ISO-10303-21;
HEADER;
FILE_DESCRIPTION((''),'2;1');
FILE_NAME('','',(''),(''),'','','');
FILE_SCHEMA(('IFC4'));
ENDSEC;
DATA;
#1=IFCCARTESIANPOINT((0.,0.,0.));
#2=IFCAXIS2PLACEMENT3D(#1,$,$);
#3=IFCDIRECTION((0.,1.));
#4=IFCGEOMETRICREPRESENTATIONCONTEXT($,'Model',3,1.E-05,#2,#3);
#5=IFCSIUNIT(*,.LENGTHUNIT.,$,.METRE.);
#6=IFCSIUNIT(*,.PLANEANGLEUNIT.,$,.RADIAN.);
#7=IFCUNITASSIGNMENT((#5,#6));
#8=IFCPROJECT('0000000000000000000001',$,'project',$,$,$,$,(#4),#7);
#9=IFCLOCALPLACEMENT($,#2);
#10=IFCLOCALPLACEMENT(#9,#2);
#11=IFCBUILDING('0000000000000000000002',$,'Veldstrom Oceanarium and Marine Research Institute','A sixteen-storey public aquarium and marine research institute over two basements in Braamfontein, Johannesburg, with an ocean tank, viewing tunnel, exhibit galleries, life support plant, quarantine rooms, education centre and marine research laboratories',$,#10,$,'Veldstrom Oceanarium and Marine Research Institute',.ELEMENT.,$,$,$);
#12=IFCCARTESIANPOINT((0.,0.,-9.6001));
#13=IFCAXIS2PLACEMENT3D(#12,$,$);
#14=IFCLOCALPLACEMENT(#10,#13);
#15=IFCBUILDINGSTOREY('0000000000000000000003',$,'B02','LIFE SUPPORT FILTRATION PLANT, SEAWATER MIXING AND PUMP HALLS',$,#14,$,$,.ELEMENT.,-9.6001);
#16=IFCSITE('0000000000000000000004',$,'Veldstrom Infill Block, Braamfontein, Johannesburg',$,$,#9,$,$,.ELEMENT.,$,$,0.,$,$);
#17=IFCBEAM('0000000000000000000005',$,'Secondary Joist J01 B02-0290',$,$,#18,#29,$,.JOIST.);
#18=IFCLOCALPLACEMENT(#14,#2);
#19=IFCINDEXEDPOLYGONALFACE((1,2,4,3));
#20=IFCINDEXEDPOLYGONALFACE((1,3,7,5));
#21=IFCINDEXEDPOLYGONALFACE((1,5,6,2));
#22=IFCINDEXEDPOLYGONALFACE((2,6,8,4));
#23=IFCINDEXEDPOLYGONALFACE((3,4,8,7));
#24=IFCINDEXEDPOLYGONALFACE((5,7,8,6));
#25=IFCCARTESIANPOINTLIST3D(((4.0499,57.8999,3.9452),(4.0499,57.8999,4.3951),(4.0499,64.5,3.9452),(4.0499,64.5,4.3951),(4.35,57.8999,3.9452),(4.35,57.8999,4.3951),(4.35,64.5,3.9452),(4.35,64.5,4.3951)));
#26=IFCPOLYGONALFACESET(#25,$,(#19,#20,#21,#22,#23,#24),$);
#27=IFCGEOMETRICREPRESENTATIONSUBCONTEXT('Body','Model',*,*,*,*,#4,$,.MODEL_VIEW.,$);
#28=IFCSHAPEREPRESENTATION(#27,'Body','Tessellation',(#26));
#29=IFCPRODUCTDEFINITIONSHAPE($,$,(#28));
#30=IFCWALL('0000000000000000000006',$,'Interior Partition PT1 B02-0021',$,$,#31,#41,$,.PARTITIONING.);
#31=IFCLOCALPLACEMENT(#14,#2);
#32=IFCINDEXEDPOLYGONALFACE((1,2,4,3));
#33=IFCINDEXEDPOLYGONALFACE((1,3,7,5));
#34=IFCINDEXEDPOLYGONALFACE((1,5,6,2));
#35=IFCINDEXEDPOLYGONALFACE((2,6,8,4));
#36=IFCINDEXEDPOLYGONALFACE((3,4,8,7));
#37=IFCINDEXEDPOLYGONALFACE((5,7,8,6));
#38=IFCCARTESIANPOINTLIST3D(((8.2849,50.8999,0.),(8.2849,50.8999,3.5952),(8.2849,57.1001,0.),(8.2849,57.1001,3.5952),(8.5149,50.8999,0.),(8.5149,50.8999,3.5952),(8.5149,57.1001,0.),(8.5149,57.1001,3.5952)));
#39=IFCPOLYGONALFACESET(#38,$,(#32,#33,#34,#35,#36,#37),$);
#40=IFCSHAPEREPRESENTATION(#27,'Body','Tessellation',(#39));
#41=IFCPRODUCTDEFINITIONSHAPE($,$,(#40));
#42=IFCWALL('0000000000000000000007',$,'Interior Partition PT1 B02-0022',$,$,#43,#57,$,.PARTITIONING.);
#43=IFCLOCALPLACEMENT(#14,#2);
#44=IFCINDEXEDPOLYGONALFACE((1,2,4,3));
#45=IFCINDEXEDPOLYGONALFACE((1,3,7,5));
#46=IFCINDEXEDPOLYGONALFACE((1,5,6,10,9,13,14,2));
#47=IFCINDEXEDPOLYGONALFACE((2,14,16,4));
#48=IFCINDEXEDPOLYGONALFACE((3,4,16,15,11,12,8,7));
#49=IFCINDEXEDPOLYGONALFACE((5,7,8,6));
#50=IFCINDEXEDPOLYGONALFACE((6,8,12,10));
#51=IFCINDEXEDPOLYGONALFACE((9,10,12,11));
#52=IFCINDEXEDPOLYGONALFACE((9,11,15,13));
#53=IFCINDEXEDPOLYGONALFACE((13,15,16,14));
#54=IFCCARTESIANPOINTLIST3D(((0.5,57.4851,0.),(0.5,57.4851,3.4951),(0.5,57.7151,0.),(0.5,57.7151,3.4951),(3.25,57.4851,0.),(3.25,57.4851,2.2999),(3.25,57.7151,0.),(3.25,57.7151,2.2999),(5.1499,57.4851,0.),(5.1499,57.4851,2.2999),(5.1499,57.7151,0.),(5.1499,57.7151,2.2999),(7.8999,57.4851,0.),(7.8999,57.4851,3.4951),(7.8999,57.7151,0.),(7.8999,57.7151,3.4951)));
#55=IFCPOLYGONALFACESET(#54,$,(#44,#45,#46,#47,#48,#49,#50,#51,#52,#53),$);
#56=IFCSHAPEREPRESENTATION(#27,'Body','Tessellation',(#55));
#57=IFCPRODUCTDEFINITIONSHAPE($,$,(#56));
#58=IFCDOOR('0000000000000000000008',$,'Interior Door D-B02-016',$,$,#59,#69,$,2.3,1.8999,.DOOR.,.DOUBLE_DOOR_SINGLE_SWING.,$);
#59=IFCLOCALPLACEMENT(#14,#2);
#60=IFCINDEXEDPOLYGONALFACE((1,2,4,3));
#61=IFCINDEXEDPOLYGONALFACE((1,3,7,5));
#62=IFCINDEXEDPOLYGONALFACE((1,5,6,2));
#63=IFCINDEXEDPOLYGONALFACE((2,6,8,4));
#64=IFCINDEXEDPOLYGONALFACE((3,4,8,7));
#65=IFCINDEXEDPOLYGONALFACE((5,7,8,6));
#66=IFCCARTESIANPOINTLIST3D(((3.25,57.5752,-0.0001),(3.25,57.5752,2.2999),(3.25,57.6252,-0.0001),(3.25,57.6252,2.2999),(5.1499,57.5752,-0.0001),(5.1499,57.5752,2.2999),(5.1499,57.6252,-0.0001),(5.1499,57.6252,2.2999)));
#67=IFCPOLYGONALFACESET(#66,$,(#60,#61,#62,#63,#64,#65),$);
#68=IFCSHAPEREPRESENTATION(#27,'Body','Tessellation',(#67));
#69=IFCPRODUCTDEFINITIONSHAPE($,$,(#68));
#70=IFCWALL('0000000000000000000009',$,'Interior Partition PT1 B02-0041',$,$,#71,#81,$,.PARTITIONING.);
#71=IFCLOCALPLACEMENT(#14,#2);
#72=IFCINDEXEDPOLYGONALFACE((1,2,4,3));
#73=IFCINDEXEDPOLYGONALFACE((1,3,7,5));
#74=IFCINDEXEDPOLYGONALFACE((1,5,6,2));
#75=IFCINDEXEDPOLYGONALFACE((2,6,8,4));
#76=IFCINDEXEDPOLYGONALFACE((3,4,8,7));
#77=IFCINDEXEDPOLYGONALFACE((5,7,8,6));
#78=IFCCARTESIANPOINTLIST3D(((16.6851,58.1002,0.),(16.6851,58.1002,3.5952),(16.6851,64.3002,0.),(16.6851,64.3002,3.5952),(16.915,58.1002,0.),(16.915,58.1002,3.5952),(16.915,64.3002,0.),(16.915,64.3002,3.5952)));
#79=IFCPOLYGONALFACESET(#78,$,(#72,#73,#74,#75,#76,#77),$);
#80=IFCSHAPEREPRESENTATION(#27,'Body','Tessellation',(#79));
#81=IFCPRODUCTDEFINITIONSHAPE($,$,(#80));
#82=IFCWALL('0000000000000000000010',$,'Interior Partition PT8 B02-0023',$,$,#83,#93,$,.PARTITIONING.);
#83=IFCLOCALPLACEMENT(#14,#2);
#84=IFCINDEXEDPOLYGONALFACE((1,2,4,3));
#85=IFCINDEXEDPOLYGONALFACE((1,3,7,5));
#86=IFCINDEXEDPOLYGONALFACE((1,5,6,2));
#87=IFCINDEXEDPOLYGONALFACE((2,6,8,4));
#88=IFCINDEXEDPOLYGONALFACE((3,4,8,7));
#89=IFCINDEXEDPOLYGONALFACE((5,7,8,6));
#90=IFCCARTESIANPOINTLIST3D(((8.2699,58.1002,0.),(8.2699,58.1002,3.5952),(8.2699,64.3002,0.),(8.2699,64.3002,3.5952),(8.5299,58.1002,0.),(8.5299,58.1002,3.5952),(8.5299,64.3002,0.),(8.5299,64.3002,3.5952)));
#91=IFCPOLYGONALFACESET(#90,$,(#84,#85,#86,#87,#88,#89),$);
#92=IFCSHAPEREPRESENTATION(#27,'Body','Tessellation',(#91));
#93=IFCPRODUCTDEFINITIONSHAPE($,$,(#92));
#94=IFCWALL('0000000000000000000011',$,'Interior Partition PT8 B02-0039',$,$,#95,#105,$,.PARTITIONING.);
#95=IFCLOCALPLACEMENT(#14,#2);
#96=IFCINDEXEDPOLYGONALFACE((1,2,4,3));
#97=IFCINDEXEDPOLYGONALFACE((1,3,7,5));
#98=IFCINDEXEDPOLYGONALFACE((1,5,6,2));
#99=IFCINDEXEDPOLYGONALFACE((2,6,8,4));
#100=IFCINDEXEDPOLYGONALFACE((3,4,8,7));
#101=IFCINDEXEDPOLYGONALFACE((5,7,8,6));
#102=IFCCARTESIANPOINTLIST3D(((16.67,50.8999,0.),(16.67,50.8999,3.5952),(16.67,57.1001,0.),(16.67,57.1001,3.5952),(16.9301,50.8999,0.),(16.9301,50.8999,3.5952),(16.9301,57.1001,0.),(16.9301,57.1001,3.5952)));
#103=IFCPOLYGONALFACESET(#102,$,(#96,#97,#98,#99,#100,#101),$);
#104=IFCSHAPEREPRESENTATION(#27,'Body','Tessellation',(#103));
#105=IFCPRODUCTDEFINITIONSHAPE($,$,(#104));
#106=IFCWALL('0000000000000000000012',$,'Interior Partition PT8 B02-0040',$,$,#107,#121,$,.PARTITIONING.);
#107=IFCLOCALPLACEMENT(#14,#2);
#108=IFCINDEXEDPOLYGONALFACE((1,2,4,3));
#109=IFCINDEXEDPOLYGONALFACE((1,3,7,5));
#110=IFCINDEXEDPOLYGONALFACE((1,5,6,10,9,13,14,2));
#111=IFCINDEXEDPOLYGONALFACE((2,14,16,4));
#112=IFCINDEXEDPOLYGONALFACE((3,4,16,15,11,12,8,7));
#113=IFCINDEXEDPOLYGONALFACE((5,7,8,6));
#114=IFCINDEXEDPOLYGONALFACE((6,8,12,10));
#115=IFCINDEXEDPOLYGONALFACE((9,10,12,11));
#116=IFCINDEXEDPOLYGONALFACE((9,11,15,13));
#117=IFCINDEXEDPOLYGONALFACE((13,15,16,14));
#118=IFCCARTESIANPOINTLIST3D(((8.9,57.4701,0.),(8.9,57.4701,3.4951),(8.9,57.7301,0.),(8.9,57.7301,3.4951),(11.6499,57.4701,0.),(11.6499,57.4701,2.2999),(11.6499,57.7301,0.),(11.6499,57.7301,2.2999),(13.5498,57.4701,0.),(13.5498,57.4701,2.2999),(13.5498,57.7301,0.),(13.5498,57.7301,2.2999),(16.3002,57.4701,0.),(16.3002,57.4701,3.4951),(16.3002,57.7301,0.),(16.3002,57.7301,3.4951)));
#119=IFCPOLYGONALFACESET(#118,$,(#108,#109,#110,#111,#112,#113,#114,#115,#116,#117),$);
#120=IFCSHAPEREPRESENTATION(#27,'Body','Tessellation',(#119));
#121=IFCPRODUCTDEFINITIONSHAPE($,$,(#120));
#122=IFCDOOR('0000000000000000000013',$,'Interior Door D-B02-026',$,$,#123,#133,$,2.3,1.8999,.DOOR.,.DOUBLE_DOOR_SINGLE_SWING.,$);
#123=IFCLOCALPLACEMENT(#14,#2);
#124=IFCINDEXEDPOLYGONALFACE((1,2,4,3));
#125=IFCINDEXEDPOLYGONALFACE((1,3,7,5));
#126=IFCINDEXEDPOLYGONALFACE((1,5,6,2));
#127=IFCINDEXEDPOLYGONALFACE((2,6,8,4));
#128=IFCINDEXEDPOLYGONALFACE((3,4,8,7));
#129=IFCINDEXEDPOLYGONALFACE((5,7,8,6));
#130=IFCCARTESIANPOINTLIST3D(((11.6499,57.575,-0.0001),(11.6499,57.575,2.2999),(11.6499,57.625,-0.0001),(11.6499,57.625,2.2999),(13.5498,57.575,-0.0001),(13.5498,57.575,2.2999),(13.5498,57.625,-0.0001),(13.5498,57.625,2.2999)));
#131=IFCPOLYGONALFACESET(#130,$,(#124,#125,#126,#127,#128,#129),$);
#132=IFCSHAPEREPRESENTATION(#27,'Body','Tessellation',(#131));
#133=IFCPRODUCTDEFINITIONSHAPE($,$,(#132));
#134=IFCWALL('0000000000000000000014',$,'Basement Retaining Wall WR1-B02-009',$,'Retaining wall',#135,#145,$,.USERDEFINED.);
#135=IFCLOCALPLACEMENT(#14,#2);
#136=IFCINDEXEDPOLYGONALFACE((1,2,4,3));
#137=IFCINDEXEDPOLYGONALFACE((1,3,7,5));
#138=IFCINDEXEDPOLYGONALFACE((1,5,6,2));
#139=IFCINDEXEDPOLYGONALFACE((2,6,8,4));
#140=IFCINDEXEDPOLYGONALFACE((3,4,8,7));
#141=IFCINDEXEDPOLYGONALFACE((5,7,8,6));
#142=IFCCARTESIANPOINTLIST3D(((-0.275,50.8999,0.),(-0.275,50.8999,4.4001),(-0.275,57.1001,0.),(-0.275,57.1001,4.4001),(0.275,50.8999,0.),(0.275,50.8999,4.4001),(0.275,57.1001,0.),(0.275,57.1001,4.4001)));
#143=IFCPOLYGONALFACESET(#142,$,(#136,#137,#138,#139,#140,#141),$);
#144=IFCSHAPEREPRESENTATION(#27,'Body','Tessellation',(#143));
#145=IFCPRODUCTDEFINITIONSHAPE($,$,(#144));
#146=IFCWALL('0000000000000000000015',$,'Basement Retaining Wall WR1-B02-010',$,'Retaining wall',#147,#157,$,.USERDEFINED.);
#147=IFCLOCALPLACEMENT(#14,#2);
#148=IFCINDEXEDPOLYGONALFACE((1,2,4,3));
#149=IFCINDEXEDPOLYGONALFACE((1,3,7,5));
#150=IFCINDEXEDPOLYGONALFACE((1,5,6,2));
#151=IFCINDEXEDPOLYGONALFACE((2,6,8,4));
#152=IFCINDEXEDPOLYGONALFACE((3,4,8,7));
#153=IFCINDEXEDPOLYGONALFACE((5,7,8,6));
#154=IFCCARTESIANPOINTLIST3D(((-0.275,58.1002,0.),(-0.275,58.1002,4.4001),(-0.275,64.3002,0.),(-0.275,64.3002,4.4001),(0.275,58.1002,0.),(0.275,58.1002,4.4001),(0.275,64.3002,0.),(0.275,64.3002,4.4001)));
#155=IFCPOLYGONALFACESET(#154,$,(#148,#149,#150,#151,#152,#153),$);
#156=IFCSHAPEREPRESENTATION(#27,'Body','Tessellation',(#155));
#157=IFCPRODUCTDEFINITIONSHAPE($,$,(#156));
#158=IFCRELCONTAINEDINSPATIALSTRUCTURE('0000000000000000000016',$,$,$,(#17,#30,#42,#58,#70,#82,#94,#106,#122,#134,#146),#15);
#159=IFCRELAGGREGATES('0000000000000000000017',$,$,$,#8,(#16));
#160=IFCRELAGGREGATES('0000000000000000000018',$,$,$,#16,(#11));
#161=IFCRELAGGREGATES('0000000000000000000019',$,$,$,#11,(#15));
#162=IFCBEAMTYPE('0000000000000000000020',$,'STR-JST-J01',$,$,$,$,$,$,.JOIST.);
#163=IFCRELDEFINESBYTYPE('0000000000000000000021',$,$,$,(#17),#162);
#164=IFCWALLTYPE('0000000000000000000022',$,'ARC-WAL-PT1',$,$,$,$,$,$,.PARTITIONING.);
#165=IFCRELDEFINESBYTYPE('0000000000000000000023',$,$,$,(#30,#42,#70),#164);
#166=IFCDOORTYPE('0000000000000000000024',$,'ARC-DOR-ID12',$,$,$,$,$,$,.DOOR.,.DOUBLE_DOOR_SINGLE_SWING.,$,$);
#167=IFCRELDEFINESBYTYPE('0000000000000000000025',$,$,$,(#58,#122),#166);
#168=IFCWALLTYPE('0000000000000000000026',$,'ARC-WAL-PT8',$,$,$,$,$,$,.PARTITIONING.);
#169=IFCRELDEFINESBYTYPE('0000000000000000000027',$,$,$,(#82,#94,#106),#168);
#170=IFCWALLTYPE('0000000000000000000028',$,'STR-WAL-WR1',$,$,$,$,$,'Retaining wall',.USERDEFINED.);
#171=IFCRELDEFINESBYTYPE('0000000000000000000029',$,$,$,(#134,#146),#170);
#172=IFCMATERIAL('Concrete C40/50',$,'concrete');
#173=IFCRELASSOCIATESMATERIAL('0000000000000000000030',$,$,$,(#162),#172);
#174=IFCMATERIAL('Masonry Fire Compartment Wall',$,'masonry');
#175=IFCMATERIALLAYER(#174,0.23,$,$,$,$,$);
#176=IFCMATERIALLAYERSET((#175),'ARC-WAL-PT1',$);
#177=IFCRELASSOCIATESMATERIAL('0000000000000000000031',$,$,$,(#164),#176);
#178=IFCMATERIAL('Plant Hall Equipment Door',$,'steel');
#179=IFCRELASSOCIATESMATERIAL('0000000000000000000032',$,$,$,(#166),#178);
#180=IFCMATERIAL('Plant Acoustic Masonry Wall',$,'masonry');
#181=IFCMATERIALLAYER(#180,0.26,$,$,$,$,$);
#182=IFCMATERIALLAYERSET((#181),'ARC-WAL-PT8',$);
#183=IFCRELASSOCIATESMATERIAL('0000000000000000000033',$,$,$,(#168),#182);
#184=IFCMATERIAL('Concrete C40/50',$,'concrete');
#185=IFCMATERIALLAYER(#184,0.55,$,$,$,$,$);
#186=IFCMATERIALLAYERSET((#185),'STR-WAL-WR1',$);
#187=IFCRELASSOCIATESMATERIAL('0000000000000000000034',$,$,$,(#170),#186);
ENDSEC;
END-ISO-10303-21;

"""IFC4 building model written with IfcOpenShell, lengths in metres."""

from ifc_helpers import new_model, si_unit, direction, frame, frame_2d, origin, origin_2d, place, context, subcontext, project, spatial, rectangle, extrude, material, layer, layer_set, material_profile, profile_set, type_object, element, fill, save


model = new_model("IFC4")

# Units and contexts
model_context = context("Model", 3, precision=1e-05, world=origin(), true_north=direction((0.0, 1.0)))
body_context = subcontext(model_context, "Body", "Model", "MODEL_VIEW")
ifc_project = project(units=[si_unit("LENGTHUNIT", "METRE"), si_unit("PLANEANGLEUNIT", "RADIAN")], contexts=[model_context])

# Site, building, storey
site_placement = place(None, origin())
site = spatial("IfcSite", under=ifc_project, at=site_placement, Name="Veldstrom Infill Block, Braamfontein, Johannesburg", CompositionType="ELEMENT", RefElevation=0.0)
building_placement = place(site_placement, origin())
building = spatial("IfcBuilding", under=site, at=building_placement, Name="Veldstrom Oceanarium and Marine Research Institute", Description="A sixteen-storey public aquarium and marine research institute over two basements in Braamfontein, Johannesburg, with an ocean tank, viewing tunnel, exhibit galleries, life support plant, quarantine rooms, education centre and marine research laboratories", LongName="Veldstrom Oceanarium and Marine Research Institute", CompositionType="ELEMENT")
storey_placement = place(building_placement, frame((0.0, 0.0, -9.6001)))
storey = spatial("IfcBuildingStorey", under=building, at=storey_placement, Name="B02", Description="LIFE SUPPORT FILTRATION PLANT, SEAWATER MIXING AND PUMP HALLS", CompositionType="ELEMENT", Elevation=-9.6001)

# Beam
ifc_material_1 = material(Name="Concrete C40/50", Category="concrete")
ifc_material_profile_1 = material_profile(ifc_material_1, rectangle(XDim=0.3, YDim=0.45, at=origin_2d()), Name="RC-JST-300x450")
ifc_profile_set_1 = profile_set([ifc_material_profile_1], Name="Concrete C40/50")
beam_type_1 = type_object("IfcBeamType", Name="STR-JST-J01", PredefinedType="JOIST", material=ifc_profile_set_1)
beam_1_placement = place(storey_placement, frame((4.2, 57.8999, 4.1702), z_axis=(0.0, 1.0, 0.0), x_axis=(-1.0, 0.0, 0.0)))
element("IfcBeam", 1, at=beam_1_placement, inside=storey, type_object=beam_type_1, Name="Secondary Joist J01 B02-0290", PredefinedType="JOIST", context=body_context, shape_type="SweptSolid", body=[
    extrude(rectangle(XDim=0.3, YDim=0.45, at=origin_2d()), origin(), (0.0, 0.0, 1.0), 6.6001),
])

# Wall
ifc_material_2 = material(Name="Masonry Fire Compartment Wall", Category="masonry")
ifc_layer_1 = layer(ifc_material_2, 0.23)
ifc_layer_set_1 = layer_set([ifc_layer_1], Name="ARC-WAL-PT1")
wall_type_1 = type_object("IfcWallType", Name="ARC-WAL-PT1", PredefinedType="PARTITIONING", material=ifc_layer_set_1)
wall_1_placement = place(storey_placement, frame((8.3999, 50.8999, 0.0), z_axis=(0.0, 0.0, 1.0), x_axis=(0.0, 1.0, 0.0)))
element("IfcWall", 2, at=wall_1_placement, inside=storey, type_object=wall_type_1, Name="Interior Partition PT1 B02-0021", PredefinedType="PARTITIONING", context=body_context, shape_type="SweptSolid", body=[
    extrude(rectangle(XDim=6.2002, YDim=0.23, at=frame_2d((3.1001, 0.0))), origin(), (0.0, 0.0, 1.0), 3.5952),
])

# Wall, opening, door
wall_2_placement = place(storey_placement, frame((0.5, 57.6001, 0.0), z_axis=(0.0, 0.0, 1.0), x_axis=(1.0, 0.0, 0.0)))
wall_2 = element("IfcWall", 3, at=wall_2_placement, inside=storey, type_object=wall_type_1, Name="Interior Partition PT1 B02-0022", PredefinedType="PARTITIONING", context=body_context, shape_type="SweptSolid", body=[
    extrude(rectangle(XDim=7.3999, YDim=0.23, at=frame_2d((3.7, 0.0))), origin(), (0.0, 0.0, 1.0), 3.4951),
])
opening_1_placement = place(wall_2_placement, frame((2.75, 0.0, 0.0)))
opening_1 = element("IfcOpeningElement", 4, at=opening_1_placement, cuts=wall_2, PredefinedType="OPENING", context=body_context, shape_type="SweptSolid", body=[
    extrude(rectangle(XDim=1.8999, YDim=2.3, at=frame_2d((0.95, 1.1499))), frame((0.0, 0.125, 0.0), z_axis=(0.0, -1.0, 0.0), x_axis=(1.0, 0.0, 0.0)), (0.0, 0.0, 1.0), 0.25),
])
ifc_material_3 = material(Name="Plant Hall Equipment Door", Category="steel")
door_type = type_object("IfcDoorType", Name="ARC-DOR-ID12", OperationType="DOUBLE_DOOR_SINGLE_SWING", PredefinedType="DOOR", material=ifc_material_3)
door_1_placement = place(opening_1_placement, frame((1.8999, 0.0, 0.0), z_axis=(0.0, 0.0, 1.0), x_axis=(-1.0, 0.0, 0.0)))
door_1 = element("IfcDoor", 5, at=door_1_placement, inside=storey, type_object=door_type, Name="Interior Door D-B02-016", OperationType="DOUBLE_DOOR_SINGLE_SWING", OverallHeight=2.3, OverallWidth=1.8999, PredefinedType="DOOR", context=body_context, shape_type="SweptSolid", body=[
    extrude(rectangle(XDim=1.8999, YDim=2.3, at=frame_2d((0.95, 1.1499))), frame((0.0, 0.0249, 0.0), z_axis=(0.0, -1.0, 0.0), x_axis=(1.0, 0.0, 0.0)), (0.0, 0.0, 1.0), 0.05),
])
fill(opening_1, door_1)

# Walls
wall_3_placement = place(storey_placement, frame((16.8, 58.1001, 0.0), z_axis=(0.0, 0.0, 1.0), x_axis=(0.0, 1.0, 0.0)))
element("IfcWall", 6, at=wall_3_placement, inside=storey, type_object=wall_type_1, Name="Interior Partition PT1 B02-0041", PredefinedType="PARTITIONING", context=body_context, shape_type="SweptSolid", body=[
    extrude(rectangle(XDim=6.2, YDim=0.23, at=frame_2d((3.1001, 0.0))), origin(), (0.0, 0.0, 1.0), 3.5952),
])
ifc_material_4 = material(Name="Plant Acoustic Masonry Wall", Category="masonry")
ifc_layer_2 = layer(ifc_material_4, 0.26)
ifc_layer_set_2 = layer_set([ifc_layer_2], Name="ARC-WAL-PT8")
wall_type_2 = type_object("IfcWallType", Name="ARC-WAL-PT8", PredefinedType="PARTITIONING", material=ifc_layer_set_2)
wall_4_placement = place(storey_placement, frame((8.3999, 58.1001, 0.0), z_axis=(0.0, 0.0, 1.0), x_axis=(0.0, 1.0, 0.0)))
element("IfcWall", 7, at=wall_4_placement, inside=storey, type_object=wall_type_2, Name="Interior Partition PT8 B02-0023", PredefinedType="PARTITIONING", context=body_context, shape_type="SweptSolid", body=[
    extrude(rectangle(XDim=6.2, YDim=0.26, at=frame_2d((3.1001, 0.0))), origin(), (0.0, 0.0, 1.0), 3.5952),
])
wall_5_placement = place(storey_placement, frame((16.8, 50.8999, 0.0), z_axis=(0.0, 0.0, 1.0), x_axis=(0.0, 1.0, 0.0)))
element("IfcWall", 8, at=wall_5_placement, inside=storey, type_object=wall_type_2, Name="Interior Partition PT8 B02-0039", PredefinedType="PARTITIONING", context=body_context, shape_type="SweptSolid", body=[
    extrude(rectangle(XDim=6.2002, YDim=0.26, at=frame_2d((3.1001, 0.0))), origin(), (0.0, 0.0, 1.0), 3.5952),
])

# Wall, opening, door
wall_6_placement = place(storey_placement, frame((8.8999, 57.6001, 0.0), z_axis=(0.0, 0.0, 1.0), x_axis=(1.0, 0.0, 0.0)))
wall_6 = element("IfcWall", 9, at=wall_6_placement, inside=storey, type_object=wall_type_2, Name="Interior Partition PT8 B02-0040", PredefinedType="PARTITIONING", context=body_context, shape_type="SweptSolid", body=[
    extrude(rectangle(XDim=7.4001, YDim=0.26, at=frame_2d((3.7002, 0.0))), origin(), (0.0, 0.0, 1.0), 3.4951),
])
opening_2_placement = place(wall_6_placement, frame((2.75, 0.0, 0.0)))
opening_2 = element("IfcOpeningElement", 10, at=opening_2_placement, cuts=wall_6, PredefinedType="OPENING", context=body_context, shape_type="SweptSolid", body=[
    extrude(rectangle(XDim=1.8999, YDim=2.3, at=frame_2d((0.95, 1.1499))), frame((0.0, 0.1399, 0.0), z_axis=(0.0, -1.0, 0.0), x_axis=(1.0, 0.0, 0.0)), (0.0, 0.0, 1.0), 0.28),
])
door_2_placement = place(opening_2_placement, origin())
door_2 = element("IfcDoor", 11, at=door_2_placement, inside=storey, type_object=door_type, Name="Interior Door D-B02-026", OperationType="DOUBLE_DOOR_SINGLE_SWING", OverallHeight=2.3, OverallWidth=1.8999, PredefinedType="DOOR", context=body_context, shape_type="SweptSolid", body=[
    extrude(rectangle(XDim=1.8999, YDim=2.3, at=frame_2d((0.95, 1.1499))), frame((0.0, 0.0249, 0.0), z_axis=(0.0, -1.0, 0.0), x_axis=(1.0, 0.0, 0.0)), (0.0, 0.0, 1.0), 0.05),
])
fill(opening_2, door_2)

# Walls
ifc_material_5 = material(Name="Concrete C40/50", Category="concrete")
ifc_layer_3 = layer(ifc_material_5, 0.55)
ifc_layer_set_3 = layer_set([ifc_layer_3], Name="STR-WAL-WR1")
wall_type_3 = type_object("IfcWallType", Name="STR-WAL-WR1", ElementType="Retaining wall", PredefinedType="USERDEFINED", material=ifc_layer_set_3)
wall_7_placement = place(storey_placement, frame((0.0, 50.8999, 0.0), z_axis=(0.0, 0.0, 1.0), x_axis=(0.0, 1.0, 0.0)))
element("IfcWall", 12, at=wall_7_placement, inside=storey, type_object=wall_type_3, Name="Basement Retaining Wall WR1-B02-009", ObjectType="Retaining wall", PredefinedType="USERDEFINED", context=body_context, shape_type="SweptSolid", body=[
    extrude(rectangle(XDim=6.2002, YDim=0.55, at=frame_2d((3.1001, 0.0))), origin(), (0.0, 0.0, 1.0), 4.4001),
])
wall_8_placement = place(storey_placement, frame((0.0, 58.1001, 0.0), z_axis=(0.0, 0.0, 1.0), x_axis=(0.0, 1.0, 0.0)))
element("IfcWall", 13, at=wall_8_placement, inside=storey, type_object=wall_type_3, Name="Basement Retaining Wall WR1-B02-010", ObjectType="Retaining wall", PredefinedType="USERDEFINED", context=body_context, shape_type="SweptSolid", body=[
    extrude(rectangle(XDim=6.2, YDim=0.55, at=frame_2d((3.1001, 0.0))), origin(), (0.0, 0.0, 1.0), 4.4001),
])

save(model, "model.ifc")
